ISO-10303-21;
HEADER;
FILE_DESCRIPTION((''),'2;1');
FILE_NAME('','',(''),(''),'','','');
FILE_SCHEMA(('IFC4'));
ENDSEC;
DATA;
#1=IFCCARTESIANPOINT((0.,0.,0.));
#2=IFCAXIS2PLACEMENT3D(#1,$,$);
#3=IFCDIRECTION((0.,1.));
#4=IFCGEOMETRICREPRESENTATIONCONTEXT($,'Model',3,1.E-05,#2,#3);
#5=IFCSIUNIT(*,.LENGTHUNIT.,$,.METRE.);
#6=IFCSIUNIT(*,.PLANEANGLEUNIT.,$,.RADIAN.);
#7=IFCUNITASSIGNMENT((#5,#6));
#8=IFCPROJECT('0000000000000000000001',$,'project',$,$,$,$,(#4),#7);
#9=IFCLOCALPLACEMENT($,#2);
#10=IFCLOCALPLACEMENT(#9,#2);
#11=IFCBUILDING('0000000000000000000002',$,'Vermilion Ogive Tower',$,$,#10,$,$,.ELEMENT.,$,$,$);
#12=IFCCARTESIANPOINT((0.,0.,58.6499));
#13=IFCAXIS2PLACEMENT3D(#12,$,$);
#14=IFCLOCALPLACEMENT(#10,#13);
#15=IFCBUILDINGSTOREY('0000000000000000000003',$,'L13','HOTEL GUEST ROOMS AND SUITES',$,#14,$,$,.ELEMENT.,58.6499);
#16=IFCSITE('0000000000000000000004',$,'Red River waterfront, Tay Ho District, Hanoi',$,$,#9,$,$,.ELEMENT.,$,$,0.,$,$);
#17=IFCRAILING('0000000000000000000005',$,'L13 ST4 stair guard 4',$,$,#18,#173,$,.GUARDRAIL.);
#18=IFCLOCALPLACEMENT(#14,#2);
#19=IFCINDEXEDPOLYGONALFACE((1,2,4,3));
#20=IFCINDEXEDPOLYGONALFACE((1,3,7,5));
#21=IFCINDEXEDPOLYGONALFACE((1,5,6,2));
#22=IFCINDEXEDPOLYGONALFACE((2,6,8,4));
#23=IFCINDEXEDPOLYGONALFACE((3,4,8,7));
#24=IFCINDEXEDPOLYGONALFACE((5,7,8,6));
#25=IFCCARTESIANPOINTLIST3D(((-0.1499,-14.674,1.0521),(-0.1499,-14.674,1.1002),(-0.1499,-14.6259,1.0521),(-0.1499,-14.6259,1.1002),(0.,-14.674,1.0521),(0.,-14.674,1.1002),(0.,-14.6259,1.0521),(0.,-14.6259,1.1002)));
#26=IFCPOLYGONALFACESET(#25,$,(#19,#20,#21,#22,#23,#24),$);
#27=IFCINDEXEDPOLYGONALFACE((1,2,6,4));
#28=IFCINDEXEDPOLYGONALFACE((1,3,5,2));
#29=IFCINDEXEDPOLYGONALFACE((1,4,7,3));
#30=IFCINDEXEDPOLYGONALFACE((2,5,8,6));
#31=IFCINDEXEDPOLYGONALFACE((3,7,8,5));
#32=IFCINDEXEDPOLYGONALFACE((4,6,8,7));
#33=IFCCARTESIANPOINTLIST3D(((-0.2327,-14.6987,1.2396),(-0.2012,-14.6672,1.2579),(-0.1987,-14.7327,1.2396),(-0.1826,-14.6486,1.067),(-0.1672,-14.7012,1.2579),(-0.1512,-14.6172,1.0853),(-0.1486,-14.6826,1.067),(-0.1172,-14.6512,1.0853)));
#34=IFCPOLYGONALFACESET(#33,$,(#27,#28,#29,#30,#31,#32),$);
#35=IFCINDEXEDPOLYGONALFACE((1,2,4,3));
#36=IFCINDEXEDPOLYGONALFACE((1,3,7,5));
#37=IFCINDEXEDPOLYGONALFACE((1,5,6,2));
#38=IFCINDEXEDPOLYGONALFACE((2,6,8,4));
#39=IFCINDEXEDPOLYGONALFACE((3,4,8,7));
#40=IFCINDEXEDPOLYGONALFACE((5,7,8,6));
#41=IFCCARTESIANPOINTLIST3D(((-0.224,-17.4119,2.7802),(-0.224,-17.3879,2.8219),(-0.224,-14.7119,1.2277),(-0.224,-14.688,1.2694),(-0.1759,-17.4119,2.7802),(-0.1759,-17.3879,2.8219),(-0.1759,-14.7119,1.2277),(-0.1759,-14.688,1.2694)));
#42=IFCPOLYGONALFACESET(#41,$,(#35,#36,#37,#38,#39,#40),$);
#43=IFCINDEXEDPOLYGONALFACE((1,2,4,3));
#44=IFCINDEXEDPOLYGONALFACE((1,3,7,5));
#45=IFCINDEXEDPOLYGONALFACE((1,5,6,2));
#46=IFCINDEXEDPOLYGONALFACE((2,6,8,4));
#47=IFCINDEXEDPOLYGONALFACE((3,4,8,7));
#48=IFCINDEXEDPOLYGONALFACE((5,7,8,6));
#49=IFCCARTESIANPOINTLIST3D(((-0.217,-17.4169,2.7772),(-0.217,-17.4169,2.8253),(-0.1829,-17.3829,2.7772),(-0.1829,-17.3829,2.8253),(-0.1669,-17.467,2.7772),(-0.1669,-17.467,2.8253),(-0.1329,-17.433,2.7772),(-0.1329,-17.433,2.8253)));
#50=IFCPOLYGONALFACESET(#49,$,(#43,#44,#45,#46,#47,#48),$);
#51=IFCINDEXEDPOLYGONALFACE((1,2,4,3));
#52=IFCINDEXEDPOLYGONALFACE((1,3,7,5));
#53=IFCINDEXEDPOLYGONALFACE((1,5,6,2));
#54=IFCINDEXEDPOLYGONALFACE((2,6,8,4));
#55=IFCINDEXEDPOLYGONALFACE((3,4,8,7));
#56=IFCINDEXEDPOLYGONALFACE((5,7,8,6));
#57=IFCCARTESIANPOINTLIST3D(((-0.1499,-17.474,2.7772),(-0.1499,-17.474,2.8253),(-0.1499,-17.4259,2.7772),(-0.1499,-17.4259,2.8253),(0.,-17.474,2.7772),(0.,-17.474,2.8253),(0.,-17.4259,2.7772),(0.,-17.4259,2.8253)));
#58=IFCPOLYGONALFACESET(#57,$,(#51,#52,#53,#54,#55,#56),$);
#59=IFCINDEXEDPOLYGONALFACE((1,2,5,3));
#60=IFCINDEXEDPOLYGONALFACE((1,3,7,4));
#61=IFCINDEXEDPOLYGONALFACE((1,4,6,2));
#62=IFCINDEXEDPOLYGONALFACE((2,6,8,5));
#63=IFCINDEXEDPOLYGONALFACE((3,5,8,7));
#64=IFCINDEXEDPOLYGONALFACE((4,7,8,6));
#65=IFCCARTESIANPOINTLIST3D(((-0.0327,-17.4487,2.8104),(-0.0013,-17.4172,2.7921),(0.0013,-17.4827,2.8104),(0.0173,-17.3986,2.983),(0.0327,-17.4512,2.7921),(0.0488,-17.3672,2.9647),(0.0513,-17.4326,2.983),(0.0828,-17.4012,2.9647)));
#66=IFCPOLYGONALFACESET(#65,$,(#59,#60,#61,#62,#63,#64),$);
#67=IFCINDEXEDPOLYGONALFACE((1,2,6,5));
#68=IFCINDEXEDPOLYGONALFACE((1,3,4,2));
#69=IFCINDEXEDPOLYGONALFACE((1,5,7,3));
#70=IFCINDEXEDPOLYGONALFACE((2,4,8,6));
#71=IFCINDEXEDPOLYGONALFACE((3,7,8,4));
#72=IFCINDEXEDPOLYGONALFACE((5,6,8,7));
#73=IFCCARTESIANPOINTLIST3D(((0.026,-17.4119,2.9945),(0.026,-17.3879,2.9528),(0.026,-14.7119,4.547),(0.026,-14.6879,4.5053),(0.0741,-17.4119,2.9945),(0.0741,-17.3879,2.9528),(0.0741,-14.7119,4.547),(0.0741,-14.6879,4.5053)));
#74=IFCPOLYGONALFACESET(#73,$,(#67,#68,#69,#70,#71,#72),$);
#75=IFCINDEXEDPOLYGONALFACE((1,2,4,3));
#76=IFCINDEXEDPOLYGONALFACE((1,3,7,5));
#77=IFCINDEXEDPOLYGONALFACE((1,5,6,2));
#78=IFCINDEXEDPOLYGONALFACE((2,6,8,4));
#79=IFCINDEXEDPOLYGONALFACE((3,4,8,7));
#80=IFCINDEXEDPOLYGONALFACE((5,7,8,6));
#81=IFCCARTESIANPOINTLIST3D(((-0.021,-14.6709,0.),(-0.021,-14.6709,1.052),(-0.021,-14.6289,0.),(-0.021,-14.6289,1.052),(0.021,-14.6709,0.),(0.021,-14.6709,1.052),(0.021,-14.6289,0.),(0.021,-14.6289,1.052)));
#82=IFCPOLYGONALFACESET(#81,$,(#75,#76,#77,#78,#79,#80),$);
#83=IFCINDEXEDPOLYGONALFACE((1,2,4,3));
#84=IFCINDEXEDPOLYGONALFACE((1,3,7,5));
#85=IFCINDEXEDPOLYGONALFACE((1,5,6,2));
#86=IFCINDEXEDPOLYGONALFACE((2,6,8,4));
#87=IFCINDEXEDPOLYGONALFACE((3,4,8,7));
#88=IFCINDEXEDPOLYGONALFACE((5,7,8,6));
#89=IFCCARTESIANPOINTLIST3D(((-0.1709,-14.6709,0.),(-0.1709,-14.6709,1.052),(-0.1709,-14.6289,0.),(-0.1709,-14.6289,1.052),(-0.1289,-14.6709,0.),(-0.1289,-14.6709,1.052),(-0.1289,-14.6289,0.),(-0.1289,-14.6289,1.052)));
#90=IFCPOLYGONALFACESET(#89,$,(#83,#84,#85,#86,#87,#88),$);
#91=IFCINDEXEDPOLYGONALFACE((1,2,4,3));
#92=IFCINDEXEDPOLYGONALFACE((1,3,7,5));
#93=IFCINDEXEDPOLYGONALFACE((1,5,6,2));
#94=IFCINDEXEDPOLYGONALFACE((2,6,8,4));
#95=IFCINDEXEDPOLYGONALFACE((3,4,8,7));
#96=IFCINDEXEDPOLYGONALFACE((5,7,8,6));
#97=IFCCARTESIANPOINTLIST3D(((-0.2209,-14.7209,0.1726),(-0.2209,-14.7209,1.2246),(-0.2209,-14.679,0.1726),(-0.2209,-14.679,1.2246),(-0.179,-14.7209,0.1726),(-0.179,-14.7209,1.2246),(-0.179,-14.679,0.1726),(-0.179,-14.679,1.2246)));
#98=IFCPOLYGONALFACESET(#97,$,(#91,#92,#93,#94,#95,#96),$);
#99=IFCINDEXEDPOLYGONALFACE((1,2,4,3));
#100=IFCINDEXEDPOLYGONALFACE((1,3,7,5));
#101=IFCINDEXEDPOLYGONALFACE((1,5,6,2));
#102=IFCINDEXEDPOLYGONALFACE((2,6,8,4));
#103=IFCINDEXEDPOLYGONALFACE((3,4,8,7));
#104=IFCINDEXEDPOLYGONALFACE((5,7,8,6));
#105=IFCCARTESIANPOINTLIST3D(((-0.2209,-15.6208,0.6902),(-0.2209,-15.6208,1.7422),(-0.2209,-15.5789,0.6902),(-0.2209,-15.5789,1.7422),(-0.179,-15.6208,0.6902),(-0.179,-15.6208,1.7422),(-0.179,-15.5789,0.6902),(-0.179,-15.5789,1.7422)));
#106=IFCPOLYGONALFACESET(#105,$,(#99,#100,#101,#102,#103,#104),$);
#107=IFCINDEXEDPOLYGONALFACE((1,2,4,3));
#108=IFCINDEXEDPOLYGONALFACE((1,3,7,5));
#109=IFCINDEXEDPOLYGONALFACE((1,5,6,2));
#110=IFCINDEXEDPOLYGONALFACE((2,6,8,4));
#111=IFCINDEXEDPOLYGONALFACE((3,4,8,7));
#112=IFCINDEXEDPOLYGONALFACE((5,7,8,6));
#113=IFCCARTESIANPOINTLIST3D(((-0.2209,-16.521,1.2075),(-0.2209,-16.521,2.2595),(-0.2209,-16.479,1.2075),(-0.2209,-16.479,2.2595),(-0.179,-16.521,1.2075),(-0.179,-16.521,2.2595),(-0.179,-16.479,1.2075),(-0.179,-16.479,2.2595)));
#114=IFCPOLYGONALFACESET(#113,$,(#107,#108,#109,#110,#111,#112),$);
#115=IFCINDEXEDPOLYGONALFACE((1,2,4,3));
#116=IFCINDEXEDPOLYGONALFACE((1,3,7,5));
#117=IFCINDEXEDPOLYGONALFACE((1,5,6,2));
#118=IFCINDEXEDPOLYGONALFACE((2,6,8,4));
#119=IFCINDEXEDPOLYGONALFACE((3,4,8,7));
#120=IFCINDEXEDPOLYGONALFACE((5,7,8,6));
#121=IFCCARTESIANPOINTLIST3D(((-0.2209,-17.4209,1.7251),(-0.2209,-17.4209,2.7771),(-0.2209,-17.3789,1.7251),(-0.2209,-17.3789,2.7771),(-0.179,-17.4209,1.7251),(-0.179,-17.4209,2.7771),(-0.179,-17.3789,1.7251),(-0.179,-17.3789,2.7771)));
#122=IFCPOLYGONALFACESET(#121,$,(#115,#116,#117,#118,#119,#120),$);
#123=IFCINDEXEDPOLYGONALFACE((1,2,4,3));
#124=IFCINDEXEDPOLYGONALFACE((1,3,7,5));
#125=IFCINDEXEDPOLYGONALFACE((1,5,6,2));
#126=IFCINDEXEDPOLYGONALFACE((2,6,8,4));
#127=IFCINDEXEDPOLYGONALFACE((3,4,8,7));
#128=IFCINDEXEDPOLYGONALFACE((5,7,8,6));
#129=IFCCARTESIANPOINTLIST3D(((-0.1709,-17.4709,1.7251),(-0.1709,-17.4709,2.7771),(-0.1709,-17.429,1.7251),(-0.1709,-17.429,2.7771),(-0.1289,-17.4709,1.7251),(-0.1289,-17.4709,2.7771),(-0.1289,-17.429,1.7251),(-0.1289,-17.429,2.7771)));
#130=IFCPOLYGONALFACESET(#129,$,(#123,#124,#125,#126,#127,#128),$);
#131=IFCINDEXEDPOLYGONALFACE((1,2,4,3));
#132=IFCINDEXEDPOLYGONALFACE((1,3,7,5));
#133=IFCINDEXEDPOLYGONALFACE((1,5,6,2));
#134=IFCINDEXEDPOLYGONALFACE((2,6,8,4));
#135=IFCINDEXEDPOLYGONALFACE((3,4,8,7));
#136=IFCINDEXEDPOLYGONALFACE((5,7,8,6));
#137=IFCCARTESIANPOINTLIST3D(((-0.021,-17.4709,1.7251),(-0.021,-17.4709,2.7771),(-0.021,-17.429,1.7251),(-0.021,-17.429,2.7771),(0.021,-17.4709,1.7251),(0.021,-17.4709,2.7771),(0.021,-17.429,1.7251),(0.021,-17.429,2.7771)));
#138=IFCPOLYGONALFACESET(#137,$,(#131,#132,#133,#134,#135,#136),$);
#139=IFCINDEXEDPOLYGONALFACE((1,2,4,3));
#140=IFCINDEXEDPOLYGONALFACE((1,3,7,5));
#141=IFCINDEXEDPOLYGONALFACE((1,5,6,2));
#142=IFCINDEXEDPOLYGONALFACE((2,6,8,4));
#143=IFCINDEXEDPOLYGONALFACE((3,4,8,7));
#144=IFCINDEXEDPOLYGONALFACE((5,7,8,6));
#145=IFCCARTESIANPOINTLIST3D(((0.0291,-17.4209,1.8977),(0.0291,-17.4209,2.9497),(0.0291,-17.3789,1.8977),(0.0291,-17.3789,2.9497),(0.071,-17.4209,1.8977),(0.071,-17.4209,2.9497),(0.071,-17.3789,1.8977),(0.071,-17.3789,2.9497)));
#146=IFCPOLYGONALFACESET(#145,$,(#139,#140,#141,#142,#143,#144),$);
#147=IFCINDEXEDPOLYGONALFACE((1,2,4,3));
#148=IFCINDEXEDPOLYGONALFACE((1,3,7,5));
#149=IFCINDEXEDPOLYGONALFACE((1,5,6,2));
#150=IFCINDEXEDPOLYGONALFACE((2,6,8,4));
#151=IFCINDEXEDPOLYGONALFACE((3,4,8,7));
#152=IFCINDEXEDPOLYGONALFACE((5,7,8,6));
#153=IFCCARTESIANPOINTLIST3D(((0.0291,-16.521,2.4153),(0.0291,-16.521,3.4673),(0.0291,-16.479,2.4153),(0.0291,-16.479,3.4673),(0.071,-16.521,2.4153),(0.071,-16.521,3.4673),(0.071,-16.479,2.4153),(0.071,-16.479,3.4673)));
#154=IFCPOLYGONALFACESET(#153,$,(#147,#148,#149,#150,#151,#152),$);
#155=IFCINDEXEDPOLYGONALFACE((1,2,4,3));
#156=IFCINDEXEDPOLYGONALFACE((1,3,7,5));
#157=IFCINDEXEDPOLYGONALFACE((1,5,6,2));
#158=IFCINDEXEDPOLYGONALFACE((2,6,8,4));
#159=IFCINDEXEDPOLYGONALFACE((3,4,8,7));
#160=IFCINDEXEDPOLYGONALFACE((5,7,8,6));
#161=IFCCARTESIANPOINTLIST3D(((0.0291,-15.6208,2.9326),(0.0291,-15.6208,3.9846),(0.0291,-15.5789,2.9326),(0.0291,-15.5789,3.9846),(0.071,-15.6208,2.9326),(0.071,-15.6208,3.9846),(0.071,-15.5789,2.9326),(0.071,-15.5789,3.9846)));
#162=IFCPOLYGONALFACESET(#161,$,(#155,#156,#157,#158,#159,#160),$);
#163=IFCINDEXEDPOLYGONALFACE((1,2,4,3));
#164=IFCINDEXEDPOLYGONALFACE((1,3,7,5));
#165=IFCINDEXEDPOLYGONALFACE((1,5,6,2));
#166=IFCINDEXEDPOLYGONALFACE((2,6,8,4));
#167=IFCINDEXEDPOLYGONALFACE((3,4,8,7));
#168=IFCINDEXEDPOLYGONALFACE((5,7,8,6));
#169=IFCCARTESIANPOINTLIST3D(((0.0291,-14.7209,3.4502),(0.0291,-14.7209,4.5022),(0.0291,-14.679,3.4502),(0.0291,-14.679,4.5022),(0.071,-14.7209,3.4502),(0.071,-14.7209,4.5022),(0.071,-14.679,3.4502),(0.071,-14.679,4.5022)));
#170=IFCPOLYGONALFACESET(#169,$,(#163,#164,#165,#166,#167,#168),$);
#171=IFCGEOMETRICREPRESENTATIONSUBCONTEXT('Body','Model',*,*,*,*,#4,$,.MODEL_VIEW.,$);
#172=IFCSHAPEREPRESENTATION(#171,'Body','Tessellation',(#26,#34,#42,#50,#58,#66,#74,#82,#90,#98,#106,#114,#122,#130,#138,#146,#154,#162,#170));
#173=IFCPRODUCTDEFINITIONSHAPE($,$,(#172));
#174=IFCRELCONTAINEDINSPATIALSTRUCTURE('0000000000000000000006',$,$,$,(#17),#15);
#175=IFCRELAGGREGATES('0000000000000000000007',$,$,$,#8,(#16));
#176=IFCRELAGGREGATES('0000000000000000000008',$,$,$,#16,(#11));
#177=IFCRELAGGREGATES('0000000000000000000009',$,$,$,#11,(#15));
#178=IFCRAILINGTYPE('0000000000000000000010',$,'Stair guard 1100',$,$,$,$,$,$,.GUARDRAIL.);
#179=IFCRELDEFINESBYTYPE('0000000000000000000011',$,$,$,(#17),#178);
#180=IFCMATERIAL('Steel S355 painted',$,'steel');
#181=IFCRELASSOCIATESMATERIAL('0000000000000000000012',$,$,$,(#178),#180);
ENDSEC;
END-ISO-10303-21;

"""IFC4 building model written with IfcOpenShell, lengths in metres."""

from ifc_helpers import new_model, si_unit, direction, frame, origin, origin_2d, place, context, subcontext, project, spatial, rectangle, extrude, material, type_object, element, save


model = new_model("IFC4")

# Units and contexts
model_context = context("Model", 3, precision=1e-05, world=origin(), true_north=direction((0.0, 1.0)))
body_context = subcontext(model_context, "Body", "Model", "MODEL_VIEW")
ifc_project = project(units=[si_unit("LENGTHUNIT", "METRE"), si_unit("PLANEANGLEUNIT", "RADIAN")], contexts=[model_context])

# Site, building, storey
site_placement = place(None, origin())
site = spatial("IfcSite", under=ifc_project, at=site_placement, Name="Red River waterfront, Tay Ho District, Hanoi", CompositionType="ELEMENT", RefElevation=0.0)
building_placement = place(site_placement, origin())
building = spatial("IfcBuilding", under=site, at=building_placement, Name="Vermilion Ogive Tower", CompositionType="ELEMENT")
storey_placement = place(building_placement, frame((0.0, 0.0, 58.6499)))
storey = spatial("IfcBuildingStorey", under=building, at=storey_placement, Name="L13", Description="HOTEL GUEST ROOMS AND SUITES", CompositionType="ELEMENT", Elevation=58.6499)

# Railing
ifc_material_1 = material(Name="Steel S355 painted", Category="steel")
railing_type_1 = type_object("IfcRailingType", Name="Stair guard 1100", PredefinedType="GUARDRAIL", material=ifc_material_1)
railing_1_placement = place(storey_placement, frame((0.0, -14.6499, 0.0)))
element("IfcRailing", 1, at=railing_1_placement, inside=storey, type_object=railing_type_1, Name="L13 ST4 stair guard 4", PredefinedType="GUARDRAIL", context=body_context, shape_type="SweptSolid", body=[
    extrude(rectangle(XDim=0.0481, YDim=0.0481, at=origin_2d()), frame((0.0, 0.0, 1.0762), z_axis=(-1.0, 0.0, 0.0), x_axis=(0.0, -1.0, 0.0)), (0.0, 0.0, 1.0), 0.1499),
    extrude(rectangle(XDim=0.0481, YDim=0.0481, at=origin_2d()), frame((-0.1499, 0.0, 1.0762), z_axis=(-0.268278, -0.268278, 0.925232), x_axis=(0.707107, -0.707107, 0.0)), (0.0, 0.0, 1.0), 0.1865),
    extrude(rectangle(XDim=0.0481, YDim=0.0481, at=origin_2d()), frame((-0.2, -0.05, 1.2485), z_axis=(0.0, -0.866904, 0.498476), x_axis=(1.0, 0.0, 0.0)), (0.0, 0.0, 1.0), 3.1145),
    extrude(rectangle(XDim=0.0481, YDim=0.0481, at=origin_2d()), frame((-0.2, -2.75, 2.8013), z_axis=(0.707107, -0.707107, 0.0), x_axis=(0.707107, 0.707107, 0.0)), (0.0, 0.0, 1.0), 0.0708),
    extrude(rectangle(XDim=0.0481, YDim=0.0481, at=origin_2d()), frame((-0.1499, -2.8, 2.8013), z_axis=(1.0, 0.0, 0.0), x_axis=(0.0, 1.0, 0.0)), (0.0, 0.0, 1.0), 0.1499),
    extrude(rectangle(XDim=0.0481, YDim=0.0481, at=origin_2d()), frame((0.0, -2.8, 2.8013), z_axis=(0.268278, 0.268278, 0.925232), x_axis=(-0.707107, 0.707107, 0.0)), (0.0, 0.0, 1.0), 0.1865),
    extrude(rectangle(XDim=0.0481, YDim=0.0481, at=origin_2d()), frame((0.05, -2.75, 2.9736), z_axis=(0.0, 0.866904, 0.498476), x_axis=(-1.0, 0.0, 0.0)), (0.0, 0.0, 1.0), 3.1145),
    extrude(rectangle(XDim=0.042, YDim=0.042, at=origin_2d()), origin(), (0.0, 0.0, 1.0), 1.052),
    extrude(rectangle(XDim=0.042, YDim=0.042, at=origin_2d()), frame((-0.1499, 0.0, 0.0)), (0.0, 0.0, 1.0), 1.052),
    extrude(rectangle(XDim=0.042, YDim=0.042, at=origin_2d()), frame((-0.2, -0.05, 0.1726)), (0.0, 0.0, 1.0), 1.052),
    extrude(rectangle(XDim=0.042, YDim=0.042, at=origin_2d()), frame((-0.2, -0.95, 0.6902)), (0.0, 0.0, 1.0), 1.052),
    extrude(rectangle(XDim=0.042, YDim=0.042, at=origin_2d()), frame((-0.2, -1.8501, 1.2075)), (0.0, 0.0, 1.0), 1.052),
    extrude(rectangle(XDim=0.042, YDim=0.042, at=origin_2d()), frame((-0.2, -2.75, 1.7251)), (0.0, 0.0, 1.0), 1.052),
    extrude(rectangle(XDim=0.042, YDim=0.042, at=origin_2d()), frame((-0.1499, -2.8, 1.7251)), (0.0, 0.0, 1.0), 1.052),
    extrude(rectangle(XDim=0.042, YDim=0.042, at=origin_2d()), frame((0.0, -2.8, 1.7251)), (0.0, 0.0, 1.0), 1.052),
    extrude(rectangle(XDim=0.042, YDim=0.042, at=origin_2d()), frame((0.05, -2.75, 1.8977)), (0.0, 0.0, 1.0), 1.052),
    extrude(rectangle(XDim=0.042, YDim=0.042, at=origin_2d()), frame((0.05, -1.8501, 2.4153)), (0.0, 0.0, 1.0), 1.052),
    extrude(rectangle(XDim=0.042, YDim=0.042, at=origin_2d()), frame((0.05, -0.95, 2.9326)), (0.0, 0.0, 1.0), 1.052),
    extrude(rectangle(XDim=0.042, YDim=0.042, at=origin_2d()), frame((0.05, -0.05, 3.4502)), (0.0, 0.0, 1.0), 1.052),
])

save(model, "model.ifc")
